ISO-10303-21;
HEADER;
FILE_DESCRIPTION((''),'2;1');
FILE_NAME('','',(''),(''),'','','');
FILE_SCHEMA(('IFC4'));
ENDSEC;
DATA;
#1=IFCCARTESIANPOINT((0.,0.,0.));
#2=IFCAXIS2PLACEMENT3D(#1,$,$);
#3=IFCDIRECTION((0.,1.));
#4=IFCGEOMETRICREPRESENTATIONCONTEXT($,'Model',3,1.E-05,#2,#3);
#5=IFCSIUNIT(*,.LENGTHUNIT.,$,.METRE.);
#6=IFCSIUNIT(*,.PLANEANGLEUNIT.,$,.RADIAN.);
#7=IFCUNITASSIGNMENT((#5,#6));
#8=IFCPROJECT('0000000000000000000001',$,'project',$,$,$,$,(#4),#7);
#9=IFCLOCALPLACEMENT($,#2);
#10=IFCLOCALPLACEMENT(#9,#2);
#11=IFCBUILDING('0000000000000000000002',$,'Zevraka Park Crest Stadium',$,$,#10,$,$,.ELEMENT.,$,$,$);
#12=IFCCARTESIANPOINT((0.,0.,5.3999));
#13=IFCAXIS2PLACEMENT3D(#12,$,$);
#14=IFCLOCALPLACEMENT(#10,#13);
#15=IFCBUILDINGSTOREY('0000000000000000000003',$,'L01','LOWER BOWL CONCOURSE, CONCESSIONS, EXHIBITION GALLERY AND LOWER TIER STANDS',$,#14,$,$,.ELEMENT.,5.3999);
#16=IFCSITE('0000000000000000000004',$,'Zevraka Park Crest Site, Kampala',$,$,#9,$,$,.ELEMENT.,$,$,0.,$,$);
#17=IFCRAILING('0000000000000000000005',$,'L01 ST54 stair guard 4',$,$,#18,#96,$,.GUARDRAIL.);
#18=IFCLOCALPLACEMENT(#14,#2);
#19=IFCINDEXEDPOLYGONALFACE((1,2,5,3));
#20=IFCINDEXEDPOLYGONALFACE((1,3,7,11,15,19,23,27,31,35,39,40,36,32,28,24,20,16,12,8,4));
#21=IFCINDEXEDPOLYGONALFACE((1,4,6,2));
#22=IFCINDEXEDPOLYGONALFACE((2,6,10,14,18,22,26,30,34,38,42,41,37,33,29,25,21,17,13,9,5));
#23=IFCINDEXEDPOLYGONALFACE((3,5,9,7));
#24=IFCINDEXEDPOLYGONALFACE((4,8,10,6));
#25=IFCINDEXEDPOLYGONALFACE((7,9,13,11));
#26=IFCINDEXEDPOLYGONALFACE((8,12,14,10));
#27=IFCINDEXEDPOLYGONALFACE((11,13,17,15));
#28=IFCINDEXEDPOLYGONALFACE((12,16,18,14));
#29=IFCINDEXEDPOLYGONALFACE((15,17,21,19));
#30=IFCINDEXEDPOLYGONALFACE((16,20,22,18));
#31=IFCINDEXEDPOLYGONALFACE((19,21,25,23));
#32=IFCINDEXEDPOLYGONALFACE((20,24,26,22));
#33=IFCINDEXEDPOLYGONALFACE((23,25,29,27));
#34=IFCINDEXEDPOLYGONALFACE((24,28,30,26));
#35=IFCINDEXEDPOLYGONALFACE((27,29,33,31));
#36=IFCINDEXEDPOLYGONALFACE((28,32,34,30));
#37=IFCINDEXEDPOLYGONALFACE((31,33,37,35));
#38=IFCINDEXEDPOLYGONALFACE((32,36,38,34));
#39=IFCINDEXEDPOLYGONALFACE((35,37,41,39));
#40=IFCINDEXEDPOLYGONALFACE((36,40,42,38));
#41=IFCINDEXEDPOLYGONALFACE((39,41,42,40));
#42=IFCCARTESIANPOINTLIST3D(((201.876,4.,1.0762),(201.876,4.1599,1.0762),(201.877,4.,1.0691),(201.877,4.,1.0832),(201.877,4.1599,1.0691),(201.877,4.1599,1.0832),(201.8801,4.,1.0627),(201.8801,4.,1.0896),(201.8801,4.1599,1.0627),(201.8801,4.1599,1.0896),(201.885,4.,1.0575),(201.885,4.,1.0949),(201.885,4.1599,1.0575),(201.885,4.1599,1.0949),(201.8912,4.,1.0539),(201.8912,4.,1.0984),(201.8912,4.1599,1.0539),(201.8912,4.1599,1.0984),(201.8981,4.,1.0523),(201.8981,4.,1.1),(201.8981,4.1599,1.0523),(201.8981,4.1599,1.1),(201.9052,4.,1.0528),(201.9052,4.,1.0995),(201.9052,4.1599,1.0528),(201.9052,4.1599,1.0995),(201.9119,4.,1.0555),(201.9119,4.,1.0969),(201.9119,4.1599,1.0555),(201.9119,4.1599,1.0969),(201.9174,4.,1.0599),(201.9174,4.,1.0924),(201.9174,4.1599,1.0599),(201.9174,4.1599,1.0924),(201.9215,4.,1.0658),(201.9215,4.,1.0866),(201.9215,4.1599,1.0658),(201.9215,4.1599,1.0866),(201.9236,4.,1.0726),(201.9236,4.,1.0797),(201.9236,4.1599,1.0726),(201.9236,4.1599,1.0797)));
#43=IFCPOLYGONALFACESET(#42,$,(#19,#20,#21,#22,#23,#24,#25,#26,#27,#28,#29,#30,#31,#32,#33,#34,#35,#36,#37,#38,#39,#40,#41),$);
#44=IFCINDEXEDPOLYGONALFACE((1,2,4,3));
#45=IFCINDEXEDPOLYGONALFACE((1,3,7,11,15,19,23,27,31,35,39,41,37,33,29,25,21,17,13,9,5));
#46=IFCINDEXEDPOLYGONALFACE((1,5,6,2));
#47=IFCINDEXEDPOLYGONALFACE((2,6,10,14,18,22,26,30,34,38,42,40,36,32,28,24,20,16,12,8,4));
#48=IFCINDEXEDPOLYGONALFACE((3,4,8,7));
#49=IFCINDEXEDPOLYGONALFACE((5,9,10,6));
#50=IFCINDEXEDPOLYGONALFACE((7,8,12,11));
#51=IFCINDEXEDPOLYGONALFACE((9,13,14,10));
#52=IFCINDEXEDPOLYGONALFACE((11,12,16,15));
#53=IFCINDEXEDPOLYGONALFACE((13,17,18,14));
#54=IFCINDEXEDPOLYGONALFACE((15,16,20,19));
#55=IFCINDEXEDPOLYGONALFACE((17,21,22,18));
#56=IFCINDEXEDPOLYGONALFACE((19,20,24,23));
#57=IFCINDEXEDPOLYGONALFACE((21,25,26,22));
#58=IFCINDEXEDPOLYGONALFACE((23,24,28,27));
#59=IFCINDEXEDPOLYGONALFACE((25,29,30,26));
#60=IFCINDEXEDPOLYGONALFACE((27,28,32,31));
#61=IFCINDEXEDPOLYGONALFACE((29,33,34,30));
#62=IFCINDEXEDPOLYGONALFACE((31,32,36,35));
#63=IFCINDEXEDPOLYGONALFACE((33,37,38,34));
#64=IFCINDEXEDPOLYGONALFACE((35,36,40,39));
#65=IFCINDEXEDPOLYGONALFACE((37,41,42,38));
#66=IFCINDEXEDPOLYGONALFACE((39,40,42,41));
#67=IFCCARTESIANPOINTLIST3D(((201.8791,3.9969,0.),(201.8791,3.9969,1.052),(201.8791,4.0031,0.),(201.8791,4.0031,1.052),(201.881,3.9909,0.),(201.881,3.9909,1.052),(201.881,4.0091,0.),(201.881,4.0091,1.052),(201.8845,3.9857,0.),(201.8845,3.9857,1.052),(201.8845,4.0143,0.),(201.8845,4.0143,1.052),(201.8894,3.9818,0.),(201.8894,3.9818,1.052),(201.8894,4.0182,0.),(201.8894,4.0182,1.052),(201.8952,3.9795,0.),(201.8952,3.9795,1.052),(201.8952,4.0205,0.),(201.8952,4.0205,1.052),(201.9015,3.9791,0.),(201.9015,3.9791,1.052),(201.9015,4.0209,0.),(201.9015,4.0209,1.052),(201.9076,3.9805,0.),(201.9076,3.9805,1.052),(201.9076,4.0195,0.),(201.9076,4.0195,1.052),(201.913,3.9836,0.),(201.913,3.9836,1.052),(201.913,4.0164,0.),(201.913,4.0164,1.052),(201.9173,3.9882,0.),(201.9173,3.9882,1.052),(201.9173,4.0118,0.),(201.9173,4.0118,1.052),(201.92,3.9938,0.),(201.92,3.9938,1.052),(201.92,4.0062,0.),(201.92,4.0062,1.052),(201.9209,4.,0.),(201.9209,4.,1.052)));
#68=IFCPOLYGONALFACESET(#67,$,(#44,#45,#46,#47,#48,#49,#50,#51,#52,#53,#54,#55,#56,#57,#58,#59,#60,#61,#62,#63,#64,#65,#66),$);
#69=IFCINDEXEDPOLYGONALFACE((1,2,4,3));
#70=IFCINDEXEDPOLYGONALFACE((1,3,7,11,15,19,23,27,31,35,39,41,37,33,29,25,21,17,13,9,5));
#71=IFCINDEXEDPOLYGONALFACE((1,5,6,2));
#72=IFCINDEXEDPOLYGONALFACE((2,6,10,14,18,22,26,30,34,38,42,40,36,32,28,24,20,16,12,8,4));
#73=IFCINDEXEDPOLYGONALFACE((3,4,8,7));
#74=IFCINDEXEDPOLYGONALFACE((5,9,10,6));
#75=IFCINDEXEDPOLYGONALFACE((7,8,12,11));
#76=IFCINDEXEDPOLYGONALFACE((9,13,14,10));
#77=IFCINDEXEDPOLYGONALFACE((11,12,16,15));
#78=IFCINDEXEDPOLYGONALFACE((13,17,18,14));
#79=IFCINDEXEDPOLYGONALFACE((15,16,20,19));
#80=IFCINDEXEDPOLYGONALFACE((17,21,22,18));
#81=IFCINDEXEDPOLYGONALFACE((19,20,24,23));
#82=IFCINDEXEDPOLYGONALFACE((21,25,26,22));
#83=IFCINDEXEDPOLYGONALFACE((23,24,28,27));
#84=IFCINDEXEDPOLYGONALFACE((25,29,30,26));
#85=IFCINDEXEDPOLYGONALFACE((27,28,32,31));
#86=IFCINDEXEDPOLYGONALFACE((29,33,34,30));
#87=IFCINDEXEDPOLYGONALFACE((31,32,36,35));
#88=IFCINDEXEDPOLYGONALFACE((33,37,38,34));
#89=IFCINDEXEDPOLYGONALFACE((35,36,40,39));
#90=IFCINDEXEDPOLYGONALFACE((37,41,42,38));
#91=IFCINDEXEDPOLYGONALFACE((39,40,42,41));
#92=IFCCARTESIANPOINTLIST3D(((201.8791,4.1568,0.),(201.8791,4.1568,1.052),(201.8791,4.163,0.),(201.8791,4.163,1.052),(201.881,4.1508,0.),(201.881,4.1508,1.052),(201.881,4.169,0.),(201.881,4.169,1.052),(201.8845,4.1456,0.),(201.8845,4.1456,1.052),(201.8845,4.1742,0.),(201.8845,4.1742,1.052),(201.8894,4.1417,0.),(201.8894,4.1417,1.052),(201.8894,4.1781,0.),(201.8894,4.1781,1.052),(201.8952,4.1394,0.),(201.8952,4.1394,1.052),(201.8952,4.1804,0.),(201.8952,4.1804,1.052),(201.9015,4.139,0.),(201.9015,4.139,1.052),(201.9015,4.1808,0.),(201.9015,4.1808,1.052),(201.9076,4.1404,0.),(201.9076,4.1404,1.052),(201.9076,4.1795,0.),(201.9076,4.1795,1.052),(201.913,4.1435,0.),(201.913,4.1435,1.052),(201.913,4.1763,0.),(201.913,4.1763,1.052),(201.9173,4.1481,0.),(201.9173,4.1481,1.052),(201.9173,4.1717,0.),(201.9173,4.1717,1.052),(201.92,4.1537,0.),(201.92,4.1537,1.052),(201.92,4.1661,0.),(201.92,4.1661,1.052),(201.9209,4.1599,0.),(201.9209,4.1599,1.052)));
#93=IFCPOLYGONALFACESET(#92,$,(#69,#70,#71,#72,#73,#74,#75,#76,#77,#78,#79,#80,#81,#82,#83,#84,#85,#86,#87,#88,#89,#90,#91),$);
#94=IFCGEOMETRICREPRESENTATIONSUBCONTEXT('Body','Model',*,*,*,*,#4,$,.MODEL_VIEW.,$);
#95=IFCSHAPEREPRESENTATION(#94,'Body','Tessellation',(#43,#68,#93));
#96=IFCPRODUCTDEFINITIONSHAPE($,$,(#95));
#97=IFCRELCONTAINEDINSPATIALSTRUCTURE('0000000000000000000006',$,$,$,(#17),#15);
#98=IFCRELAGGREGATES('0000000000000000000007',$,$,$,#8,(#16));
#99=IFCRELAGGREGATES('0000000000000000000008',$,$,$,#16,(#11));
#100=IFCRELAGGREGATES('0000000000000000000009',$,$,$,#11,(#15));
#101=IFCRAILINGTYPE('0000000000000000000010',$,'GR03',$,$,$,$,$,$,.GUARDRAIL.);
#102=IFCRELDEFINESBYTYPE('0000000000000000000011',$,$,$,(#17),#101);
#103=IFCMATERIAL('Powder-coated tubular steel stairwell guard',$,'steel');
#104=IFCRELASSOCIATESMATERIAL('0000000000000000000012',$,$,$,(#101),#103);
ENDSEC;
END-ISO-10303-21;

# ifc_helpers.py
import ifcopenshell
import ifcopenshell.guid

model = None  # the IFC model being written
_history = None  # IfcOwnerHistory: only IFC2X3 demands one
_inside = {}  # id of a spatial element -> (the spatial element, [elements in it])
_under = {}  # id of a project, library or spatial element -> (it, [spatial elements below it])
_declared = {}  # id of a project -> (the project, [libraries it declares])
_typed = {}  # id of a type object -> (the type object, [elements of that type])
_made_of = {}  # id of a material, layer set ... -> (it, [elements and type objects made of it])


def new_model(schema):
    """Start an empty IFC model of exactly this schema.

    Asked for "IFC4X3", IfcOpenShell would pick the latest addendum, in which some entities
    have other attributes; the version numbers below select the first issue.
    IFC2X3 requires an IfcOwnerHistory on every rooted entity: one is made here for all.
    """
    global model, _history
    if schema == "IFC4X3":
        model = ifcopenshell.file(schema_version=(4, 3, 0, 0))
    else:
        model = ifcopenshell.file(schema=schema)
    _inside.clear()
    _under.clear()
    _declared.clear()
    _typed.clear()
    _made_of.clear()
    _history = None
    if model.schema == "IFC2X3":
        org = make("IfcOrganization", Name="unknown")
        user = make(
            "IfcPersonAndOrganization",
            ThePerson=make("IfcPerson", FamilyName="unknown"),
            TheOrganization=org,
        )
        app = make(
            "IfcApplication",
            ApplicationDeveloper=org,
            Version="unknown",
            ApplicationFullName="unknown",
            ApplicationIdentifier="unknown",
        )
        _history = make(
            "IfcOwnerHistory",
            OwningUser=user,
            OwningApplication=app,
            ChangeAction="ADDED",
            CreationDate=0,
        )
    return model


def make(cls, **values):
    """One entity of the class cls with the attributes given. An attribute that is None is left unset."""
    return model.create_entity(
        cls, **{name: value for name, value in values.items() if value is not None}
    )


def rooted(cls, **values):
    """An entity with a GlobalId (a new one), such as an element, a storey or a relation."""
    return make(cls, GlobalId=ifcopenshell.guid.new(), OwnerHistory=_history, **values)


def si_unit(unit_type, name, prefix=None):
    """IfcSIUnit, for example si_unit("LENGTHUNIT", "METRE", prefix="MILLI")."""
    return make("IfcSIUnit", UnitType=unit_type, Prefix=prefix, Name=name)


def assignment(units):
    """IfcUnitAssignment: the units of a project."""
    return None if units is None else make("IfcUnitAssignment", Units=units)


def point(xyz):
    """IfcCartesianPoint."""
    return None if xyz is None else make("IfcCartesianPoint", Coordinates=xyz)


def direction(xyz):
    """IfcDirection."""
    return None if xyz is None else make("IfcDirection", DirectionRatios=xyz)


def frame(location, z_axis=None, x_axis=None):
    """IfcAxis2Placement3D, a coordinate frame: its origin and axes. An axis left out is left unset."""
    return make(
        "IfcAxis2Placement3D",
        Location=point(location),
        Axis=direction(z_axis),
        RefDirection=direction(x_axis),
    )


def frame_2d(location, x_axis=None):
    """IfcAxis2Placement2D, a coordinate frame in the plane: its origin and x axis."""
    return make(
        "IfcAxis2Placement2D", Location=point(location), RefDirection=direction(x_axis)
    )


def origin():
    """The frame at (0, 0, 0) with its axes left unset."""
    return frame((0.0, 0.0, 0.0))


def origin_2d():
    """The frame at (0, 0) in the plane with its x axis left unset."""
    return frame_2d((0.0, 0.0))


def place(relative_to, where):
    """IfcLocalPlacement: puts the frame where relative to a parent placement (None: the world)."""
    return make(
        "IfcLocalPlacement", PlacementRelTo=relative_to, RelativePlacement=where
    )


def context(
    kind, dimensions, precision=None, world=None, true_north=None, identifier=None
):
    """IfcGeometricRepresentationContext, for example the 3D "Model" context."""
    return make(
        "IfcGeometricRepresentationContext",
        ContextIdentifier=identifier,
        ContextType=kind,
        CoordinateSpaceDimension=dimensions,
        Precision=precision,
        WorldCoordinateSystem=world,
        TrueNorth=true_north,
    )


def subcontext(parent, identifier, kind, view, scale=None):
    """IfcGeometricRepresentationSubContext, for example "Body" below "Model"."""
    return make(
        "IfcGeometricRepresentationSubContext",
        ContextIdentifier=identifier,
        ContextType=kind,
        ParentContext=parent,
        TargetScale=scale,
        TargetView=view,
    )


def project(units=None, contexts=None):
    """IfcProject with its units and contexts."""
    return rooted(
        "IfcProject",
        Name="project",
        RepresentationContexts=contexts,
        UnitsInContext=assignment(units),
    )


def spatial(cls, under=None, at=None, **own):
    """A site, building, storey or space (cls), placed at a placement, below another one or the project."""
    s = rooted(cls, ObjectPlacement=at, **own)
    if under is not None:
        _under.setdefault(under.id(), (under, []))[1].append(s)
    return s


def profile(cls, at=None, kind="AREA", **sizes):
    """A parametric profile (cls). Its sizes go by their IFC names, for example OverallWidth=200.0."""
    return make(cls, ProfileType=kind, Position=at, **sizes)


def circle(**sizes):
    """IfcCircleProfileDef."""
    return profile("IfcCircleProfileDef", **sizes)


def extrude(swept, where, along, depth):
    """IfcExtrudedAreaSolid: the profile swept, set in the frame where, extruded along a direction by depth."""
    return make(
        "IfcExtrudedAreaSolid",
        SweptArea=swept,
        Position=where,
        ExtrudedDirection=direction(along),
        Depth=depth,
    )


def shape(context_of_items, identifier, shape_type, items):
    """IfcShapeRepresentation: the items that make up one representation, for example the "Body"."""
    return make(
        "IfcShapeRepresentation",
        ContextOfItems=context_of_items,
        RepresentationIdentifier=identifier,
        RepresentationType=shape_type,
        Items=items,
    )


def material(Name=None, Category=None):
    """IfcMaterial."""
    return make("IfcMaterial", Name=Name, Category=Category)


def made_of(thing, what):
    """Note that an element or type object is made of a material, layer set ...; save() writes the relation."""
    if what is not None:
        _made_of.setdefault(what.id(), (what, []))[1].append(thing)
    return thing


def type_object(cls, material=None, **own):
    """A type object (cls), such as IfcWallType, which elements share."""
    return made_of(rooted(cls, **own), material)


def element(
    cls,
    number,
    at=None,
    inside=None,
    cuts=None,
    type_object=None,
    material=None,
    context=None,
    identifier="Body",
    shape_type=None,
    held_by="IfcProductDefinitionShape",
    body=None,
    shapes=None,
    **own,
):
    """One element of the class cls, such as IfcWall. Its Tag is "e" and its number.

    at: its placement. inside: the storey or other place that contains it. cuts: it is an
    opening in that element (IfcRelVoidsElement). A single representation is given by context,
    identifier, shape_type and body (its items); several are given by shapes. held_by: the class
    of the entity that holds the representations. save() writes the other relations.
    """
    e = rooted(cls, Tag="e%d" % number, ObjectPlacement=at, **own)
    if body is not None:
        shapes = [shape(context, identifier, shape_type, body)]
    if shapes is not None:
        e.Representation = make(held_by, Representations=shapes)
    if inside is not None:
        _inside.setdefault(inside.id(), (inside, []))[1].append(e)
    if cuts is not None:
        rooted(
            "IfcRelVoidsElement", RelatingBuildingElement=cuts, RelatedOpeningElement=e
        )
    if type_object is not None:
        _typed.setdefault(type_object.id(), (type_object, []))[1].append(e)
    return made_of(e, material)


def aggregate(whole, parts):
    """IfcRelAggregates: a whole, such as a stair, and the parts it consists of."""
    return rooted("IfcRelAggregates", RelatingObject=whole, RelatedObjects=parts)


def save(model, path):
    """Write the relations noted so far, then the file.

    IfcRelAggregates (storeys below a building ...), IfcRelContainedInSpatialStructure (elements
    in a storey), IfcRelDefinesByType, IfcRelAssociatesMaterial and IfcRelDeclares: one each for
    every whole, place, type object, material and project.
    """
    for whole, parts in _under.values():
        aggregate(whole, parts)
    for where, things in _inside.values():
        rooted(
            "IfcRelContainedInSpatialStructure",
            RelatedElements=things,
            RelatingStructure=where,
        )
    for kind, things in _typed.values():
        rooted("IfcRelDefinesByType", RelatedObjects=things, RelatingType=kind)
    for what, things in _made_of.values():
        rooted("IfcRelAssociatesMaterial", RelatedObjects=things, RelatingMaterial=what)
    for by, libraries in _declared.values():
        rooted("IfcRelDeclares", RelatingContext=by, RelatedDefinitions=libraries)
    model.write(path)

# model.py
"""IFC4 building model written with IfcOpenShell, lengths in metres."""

from ifc_helpers import new_model, si_unit, direction, frame, origin, origin_2d, place, context, subcontext, project, spatial, circle, extrude, material, type_object, element, save


model = new_model("IFC4")

# Units and contexts
model_context = context("Model", 3, precision=1e-05, world=origin(), true_north=direction((0.0, 1.0)))
body_context = subcontext(model_context, "Body", "Model", "MODEL_VIEW")
ifc_project = project(units=[si_unit("LENGTHUNIT", "METRE"), si_unit("PLANEANGLEUNIT", "RADIAN")], contexts=[model_context])

# Site, building, storey
site_placement = place(None, origin())
site = spatial("IfcSite", under=ifc_project, at=site_placement, Name="Zevraka Park Crest Site, Kampala", CompositionType="ELEMENT", RefElevation=0.0)
building_placement = place(site_placement, origin())
building = spatial("IfcBuilding", under=site, at=building_placement, Name="Zevraka Park Crest Stadium", CompositionType="ELEMENT")
storey_placement = place(building_placement, frame((0.0, 0.0, 5.3999)))
storey = spatial("IfcBuildingStorey", under=building, at=storey_placement, Name="L01", Description="LOWER BOWL CONCOURSE, CONCESSIONS, EXHIBITION GALLERY AND LOWER TIER STANDS", CompositionType="ELEMENT", Elevation=5.3999)

# Railing
ifc_material_1 = material(Name="Powder-coated tubular steel stairwell guard", Category="steel")
railing_type_1 = type_object("IfcRailingType", Name="GR03", PredefinedType="GUARDRAIL", material=ifc_material_1)
railing_1_placement = place(storey_placement, frame((201.8999, 4.0, 0.0)))
element("IfcRailing", 1, at=railing_1_placement, inside=storey, type_object=railing_type_1, Name="L01 ST54 stair guard 4", PredefinedType="GUARDRAIL", context=body_context, shape_type="SweptSolid", body=[
    extrude(circle(Radius=0.0239, at=origin_2d()), frame((0.0, 0.0, 1.0762), z_axis=(0.0, 1.0, 0.0), x_axis=(-1.0, 0.0, 0.0)), (0.0, 0.0, 1.0), 0.1599),
    extrude(circle(Radius=0.021, at=origin_2d()), origin(), (0.0, 0.0, 1.0), 1.052),
    extrude(circle(Radius=0.021, at=origin_2d()), frame((0.0, 0.1599, 0.0)), (0.0, 0.0, 1.0), 1.052),
])

save(model, "model.ifc")
